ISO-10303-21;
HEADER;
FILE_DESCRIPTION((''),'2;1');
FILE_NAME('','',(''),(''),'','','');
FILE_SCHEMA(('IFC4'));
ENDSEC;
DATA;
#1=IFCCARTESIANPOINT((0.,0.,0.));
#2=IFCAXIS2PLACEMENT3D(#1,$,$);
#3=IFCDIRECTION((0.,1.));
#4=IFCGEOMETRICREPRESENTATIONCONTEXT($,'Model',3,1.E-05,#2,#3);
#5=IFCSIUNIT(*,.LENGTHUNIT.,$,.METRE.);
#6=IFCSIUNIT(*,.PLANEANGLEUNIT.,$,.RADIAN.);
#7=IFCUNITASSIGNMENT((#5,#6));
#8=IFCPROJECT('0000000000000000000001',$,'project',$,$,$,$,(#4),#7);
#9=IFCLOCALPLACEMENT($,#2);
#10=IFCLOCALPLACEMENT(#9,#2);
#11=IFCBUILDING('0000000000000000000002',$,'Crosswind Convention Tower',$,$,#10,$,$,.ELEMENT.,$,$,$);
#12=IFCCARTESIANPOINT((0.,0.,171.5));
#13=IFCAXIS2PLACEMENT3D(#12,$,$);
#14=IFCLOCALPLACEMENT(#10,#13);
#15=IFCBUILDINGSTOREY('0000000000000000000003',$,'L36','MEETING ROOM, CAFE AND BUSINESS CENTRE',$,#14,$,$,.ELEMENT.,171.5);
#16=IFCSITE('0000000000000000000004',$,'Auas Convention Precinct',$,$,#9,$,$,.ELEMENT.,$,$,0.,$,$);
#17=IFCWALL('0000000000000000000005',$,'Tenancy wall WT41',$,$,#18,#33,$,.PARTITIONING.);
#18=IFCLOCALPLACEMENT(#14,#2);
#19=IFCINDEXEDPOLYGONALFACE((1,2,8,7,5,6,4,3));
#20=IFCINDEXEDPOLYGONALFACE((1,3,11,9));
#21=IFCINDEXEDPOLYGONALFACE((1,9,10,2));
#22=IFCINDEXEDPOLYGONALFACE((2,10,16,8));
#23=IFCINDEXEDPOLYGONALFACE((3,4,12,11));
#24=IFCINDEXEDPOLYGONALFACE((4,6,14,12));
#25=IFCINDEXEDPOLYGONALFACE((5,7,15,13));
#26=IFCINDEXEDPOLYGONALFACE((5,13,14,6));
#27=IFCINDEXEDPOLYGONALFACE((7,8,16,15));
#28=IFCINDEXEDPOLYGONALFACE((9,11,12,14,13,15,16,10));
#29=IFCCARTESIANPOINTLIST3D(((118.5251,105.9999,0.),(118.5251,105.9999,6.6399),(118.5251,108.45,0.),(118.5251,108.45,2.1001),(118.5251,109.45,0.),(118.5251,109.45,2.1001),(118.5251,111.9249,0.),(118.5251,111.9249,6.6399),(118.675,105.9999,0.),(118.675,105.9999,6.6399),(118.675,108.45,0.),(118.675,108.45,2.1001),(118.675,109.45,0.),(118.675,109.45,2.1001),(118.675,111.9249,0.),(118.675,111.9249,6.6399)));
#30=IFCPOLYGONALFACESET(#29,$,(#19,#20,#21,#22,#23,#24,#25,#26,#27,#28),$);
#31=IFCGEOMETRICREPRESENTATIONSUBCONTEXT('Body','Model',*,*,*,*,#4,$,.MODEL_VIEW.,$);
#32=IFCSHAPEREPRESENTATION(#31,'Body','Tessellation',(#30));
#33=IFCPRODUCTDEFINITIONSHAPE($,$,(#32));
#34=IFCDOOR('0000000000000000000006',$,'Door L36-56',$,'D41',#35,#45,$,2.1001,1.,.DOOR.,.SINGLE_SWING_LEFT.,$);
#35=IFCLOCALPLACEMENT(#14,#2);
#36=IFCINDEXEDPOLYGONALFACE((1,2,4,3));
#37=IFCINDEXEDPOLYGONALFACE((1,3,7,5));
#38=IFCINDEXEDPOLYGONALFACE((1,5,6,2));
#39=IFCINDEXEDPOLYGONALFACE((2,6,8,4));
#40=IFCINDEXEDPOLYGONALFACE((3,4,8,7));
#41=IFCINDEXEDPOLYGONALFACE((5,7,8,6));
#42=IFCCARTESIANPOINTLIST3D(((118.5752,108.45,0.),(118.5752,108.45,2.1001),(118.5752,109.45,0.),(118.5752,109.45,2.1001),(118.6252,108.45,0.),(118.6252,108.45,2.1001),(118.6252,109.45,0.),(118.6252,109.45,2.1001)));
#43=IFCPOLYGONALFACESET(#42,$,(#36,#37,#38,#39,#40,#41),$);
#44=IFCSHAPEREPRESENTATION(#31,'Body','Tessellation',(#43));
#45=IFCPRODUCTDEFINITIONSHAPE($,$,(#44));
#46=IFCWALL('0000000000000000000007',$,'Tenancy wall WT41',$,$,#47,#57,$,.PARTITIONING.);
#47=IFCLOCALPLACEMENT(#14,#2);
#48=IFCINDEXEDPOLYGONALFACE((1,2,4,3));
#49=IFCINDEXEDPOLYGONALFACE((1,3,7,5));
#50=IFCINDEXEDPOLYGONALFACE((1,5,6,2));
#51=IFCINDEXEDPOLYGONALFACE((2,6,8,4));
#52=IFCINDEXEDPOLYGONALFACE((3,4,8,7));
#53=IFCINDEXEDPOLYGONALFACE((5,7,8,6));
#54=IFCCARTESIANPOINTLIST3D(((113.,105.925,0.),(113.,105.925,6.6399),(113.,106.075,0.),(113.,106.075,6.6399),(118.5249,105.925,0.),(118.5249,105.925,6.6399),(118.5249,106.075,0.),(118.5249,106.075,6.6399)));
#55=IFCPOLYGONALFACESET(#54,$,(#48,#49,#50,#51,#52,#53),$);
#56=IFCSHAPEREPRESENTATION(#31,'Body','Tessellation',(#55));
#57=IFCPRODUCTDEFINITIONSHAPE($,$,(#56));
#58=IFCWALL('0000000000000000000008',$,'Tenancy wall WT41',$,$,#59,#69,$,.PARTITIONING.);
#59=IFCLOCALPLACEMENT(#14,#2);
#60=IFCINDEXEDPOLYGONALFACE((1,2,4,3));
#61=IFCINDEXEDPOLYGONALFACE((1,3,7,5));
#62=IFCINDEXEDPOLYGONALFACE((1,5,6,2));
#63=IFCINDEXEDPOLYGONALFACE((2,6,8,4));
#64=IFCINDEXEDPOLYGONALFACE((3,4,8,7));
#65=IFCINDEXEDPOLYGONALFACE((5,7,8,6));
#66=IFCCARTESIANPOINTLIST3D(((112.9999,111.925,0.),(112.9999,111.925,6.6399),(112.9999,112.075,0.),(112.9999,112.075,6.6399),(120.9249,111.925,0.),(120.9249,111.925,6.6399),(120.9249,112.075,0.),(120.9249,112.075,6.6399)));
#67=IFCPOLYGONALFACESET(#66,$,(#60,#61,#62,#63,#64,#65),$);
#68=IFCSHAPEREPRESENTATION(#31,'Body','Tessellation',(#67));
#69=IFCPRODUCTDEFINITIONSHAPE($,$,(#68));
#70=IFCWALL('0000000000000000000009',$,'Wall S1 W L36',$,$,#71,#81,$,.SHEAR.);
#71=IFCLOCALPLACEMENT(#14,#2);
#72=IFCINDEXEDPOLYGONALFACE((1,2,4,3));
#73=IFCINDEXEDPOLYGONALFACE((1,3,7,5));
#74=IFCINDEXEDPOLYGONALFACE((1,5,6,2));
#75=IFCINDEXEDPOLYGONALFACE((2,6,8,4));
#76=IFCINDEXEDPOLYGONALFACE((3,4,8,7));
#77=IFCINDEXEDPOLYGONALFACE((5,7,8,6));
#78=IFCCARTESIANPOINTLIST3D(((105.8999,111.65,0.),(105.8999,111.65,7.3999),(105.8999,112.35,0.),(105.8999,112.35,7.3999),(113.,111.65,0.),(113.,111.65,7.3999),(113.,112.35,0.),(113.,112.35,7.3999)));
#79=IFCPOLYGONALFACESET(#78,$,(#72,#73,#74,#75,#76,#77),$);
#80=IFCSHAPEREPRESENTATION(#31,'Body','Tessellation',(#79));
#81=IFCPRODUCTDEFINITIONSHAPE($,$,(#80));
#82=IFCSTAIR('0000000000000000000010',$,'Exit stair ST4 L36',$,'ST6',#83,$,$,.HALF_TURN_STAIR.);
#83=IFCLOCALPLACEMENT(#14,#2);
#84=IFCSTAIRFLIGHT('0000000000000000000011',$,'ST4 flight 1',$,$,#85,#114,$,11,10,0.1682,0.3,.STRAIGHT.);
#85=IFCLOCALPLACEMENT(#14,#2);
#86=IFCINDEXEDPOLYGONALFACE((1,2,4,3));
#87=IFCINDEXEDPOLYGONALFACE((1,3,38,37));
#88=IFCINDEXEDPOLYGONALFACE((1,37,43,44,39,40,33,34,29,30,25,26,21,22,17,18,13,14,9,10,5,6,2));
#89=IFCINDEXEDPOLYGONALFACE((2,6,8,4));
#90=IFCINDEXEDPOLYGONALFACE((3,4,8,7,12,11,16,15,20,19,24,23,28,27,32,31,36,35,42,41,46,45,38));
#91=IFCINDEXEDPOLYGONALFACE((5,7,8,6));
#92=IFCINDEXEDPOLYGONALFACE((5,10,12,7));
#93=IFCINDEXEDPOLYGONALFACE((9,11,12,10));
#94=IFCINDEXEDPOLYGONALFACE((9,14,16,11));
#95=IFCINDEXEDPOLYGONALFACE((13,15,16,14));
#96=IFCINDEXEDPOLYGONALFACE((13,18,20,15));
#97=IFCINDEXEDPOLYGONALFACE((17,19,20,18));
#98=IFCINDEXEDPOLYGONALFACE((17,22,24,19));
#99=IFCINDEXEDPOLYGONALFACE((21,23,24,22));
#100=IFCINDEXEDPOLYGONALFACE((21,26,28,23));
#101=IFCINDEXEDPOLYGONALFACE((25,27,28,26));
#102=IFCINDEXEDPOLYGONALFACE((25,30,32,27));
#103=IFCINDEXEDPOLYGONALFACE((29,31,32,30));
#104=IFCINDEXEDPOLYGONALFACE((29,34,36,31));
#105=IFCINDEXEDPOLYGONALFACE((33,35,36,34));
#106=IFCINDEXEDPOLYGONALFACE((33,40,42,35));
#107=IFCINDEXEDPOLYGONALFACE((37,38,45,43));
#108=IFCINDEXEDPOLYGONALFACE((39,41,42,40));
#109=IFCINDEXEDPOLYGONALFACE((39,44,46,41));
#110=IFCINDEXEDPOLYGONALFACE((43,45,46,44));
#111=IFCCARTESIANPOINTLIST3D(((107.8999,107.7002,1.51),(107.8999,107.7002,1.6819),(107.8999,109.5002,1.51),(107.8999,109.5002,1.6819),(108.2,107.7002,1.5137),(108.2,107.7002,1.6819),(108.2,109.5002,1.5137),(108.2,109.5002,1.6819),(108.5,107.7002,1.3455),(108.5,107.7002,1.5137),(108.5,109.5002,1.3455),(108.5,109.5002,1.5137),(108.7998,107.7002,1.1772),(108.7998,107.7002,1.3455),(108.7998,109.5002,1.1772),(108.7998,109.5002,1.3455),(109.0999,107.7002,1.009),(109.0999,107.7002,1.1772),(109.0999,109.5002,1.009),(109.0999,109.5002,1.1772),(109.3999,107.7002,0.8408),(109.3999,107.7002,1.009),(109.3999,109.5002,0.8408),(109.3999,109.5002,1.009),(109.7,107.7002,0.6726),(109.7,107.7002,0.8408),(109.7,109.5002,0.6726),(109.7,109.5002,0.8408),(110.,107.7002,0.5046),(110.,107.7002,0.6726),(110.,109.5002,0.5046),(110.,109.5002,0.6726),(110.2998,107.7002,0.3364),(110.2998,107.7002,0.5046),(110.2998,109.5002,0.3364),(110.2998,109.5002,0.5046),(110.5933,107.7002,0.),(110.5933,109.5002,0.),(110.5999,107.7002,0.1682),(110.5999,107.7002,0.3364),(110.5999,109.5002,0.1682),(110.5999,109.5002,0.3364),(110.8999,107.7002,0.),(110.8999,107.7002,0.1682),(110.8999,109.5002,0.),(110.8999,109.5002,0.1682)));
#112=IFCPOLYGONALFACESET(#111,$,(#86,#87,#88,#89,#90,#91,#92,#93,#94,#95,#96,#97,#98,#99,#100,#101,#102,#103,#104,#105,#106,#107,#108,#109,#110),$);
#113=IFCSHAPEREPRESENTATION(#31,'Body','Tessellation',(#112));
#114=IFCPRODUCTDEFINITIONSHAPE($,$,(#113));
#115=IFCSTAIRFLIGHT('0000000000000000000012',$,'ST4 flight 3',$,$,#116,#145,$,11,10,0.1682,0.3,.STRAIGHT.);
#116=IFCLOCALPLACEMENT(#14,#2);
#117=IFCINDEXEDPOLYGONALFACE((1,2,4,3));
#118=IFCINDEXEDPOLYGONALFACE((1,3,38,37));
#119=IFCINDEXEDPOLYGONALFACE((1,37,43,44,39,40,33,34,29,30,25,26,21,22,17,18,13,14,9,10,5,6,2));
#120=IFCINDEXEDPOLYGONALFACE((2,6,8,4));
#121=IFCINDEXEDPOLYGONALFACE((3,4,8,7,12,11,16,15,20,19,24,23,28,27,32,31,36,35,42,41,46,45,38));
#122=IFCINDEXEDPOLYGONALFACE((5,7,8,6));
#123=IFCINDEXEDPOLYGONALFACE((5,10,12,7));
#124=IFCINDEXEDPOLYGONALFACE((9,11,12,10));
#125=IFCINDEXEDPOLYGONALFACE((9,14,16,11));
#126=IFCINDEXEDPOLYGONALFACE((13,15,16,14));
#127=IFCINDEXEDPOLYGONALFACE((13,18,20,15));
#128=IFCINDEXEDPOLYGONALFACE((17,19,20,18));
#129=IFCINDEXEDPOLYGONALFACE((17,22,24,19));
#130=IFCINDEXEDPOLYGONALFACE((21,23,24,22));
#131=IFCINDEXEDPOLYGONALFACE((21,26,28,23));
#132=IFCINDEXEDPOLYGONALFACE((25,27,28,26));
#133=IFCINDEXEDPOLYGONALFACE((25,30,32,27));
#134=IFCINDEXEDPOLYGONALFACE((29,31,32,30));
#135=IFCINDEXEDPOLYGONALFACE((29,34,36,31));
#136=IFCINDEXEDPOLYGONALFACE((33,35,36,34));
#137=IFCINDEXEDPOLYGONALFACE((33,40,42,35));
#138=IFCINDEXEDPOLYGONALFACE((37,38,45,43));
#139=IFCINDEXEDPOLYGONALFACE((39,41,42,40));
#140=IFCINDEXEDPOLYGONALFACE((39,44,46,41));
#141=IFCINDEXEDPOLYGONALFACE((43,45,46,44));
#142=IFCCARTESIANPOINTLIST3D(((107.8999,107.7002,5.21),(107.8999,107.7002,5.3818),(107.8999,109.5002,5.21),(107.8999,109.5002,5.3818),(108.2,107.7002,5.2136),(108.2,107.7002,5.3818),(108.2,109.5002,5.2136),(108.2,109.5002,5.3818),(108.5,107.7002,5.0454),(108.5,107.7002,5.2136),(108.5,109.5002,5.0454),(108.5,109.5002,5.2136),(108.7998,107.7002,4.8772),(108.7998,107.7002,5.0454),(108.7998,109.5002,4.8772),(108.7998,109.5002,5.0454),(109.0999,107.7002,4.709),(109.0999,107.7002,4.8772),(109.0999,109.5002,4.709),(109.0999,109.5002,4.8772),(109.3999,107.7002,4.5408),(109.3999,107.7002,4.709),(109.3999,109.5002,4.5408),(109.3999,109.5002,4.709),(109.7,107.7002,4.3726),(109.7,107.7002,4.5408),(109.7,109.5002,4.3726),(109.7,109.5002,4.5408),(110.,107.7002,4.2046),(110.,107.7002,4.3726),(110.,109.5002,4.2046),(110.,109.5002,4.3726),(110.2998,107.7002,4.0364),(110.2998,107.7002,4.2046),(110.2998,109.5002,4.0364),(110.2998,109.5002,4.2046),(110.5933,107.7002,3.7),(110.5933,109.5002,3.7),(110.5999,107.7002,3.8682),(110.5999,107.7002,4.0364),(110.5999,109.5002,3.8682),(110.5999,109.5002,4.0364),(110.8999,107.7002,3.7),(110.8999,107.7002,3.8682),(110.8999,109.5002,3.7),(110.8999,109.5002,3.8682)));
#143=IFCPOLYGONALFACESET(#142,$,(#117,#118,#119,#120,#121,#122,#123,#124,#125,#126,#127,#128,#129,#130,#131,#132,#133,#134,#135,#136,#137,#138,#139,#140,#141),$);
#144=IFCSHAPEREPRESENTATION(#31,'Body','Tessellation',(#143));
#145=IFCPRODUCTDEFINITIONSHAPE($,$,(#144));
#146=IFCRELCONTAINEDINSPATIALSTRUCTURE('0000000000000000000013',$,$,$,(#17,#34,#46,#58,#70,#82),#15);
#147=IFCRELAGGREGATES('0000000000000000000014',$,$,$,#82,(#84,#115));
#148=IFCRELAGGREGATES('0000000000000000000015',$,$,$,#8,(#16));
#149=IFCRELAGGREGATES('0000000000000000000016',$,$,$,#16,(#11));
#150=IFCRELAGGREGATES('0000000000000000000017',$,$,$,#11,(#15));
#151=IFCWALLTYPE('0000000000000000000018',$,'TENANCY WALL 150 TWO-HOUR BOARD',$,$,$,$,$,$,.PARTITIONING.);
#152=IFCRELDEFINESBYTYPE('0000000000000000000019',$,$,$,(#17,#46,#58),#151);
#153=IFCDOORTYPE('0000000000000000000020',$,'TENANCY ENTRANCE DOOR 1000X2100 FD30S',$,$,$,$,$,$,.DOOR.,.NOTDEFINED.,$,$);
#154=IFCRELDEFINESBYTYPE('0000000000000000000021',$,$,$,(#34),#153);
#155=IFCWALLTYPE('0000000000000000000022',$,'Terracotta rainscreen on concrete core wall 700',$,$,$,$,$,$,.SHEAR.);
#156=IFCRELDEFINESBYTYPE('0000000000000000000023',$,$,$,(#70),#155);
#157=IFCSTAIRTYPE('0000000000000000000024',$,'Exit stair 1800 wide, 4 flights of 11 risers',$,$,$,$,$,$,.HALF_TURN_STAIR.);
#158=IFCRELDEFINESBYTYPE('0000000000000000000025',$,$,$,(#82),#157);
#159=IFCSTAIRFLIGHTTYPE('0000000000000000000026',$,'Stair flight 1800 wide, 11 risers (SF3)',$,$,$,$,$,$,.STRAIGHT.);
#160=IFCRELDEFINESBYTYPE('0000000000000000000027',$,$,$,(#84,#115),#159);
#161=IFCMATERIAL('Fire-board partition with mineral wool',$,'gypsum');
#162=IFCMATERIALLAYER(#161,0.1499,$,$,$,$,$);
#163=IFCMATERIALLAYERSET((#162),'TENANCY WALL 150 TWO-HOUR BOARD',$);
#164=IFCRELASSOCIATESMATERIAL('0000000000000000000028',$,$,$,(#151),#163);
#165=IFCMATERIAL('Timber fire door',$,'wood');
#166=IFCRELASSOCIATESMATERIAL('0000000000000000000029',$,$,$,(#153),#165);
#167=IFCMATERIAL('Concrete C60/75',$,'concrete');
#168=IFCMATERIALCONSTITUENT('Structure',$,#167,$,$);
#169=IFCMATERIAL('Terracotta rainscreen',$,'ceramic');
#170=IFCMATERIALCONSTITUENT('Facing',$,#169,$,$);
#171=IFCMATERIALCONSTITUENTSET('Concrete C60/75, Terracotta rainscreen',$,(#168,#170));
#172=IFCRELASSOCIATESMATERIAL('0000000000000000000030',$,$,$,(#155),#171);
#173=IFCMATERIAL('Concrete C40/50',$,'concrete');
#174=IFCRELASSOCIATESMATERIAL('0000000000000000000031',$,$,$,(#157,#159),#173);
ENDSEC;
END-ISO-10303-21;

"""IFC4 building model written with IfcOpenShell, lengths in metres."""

from ifc_helpers import new_model, si_unit, direction, frame, frame_2d, origin, place, context, subcontext, project, spatial, polyline, rectangle, outline, extrude, material, layer, layer_set, constituent, constituent_set, type_object, element, fill, aggregate, save


model = new_model("IFC4")

# Units and contexts
model_context = context("Model", 3, precision=1e-05, world=origin(), true_north=direction((0.0, 1.0)))
body_context = subcontext(model_context, "Body", "Model", "MODEL_VIEW")
ifc_project = project(units=[si_unit("LENGTHUNIT", "METRE"), si_unit("PLANEANGLEUNIT", "RADIAN")], contexts=[model_context])

# Site, building, storey
site_placement = place(None, origin())
site = spatial("IfcSite", under=ifc_project, at=site_placement, Name="Auas Convention Precinct", CompositionType="ELEMENT", RefElevation=0.0)
building_placement = place(site_placement, origin())
building = spatial("IfcBuilding", under=site, at=building_placement, Name="Crosswind Convention Tower", CompositionType="ELEMENT")
storey_placement = place(building_placement, frame((0.0, 0.0, 171.5)))
storey = spatial("IfcBuildingStorey", under=building, at=storey_placement, Name="L36", Description="MEETING ROOM, CAFE AND BUSINESS CENTRE", CompositionType="ELEMENT", Elevation=171.5)

# Shared definitions
ifc_material_1 = material(Name="Concrete C60/75", Category="concrete")

# Wall, opening, door
ifc_material_2 = material(Name="Fire-board partition with mineral wool", Category="gypsum")
ifc_layer_1 = layer(ifc_material_2, 0.1499)
ifc_layer_set_1 = layer_set([ifc_layer_1], Name="TENANCY WALL 150 TWO-HOUR BOARD")
wall_type_1 = type_object("IfcWallType", Name="TENANCY WALL 150 TWO-HOUR BOARD", PredefinedType="PARTITIONING", material=ifc_layer_set_1)
wall_1_placement = place(storey_placement, frame((118.6001, 106.0, 0.0), z_axis=(0.0, 0.0, 1.0), x_axis=(0.0, 1.0, 0.0)))
wall_1 = element("IfcWall", 1, at=wall_1_placement, inside=storey, type_object=wall_type_1, Name="Tenancy wall WT41", PredefinedType="PARTITIONING", context=body_context, shape_type="SweptSolid", body=[
    extrude(rectangle(XDim=5.925, YDim=0.1499, at=frame_2d((2.9624, 0.0))), origin(), (0.0, 0.0, 1.0), 6.6399),
])
opening_1_placement = place(wall_1_placement, frame((2.45, 0.0, 0.0)))
opening_1 = element("IfcOpeningElement", 2, at=opening_1_placement, cuts=wall_1, PredefinedType="OPENING", context=body_context, shape_type="SweptSolid", body=[
    extrude(rectangle(XDim=1.0, YDim=2.1001, at=frame_2d((0.5, 1.05))), frame((0.0, 0.085, 0.0), z_axis=(0.0, -1.0, 0.0), x_axis=(1.0, 0.0, 0.0)), (0.0, 0.0, 1.0), 0.1699),
])
ifc_material_3 = material(Name="Timber fire door", Category="wood")
door_type_1 = type_object("IfcDoorType", Name="TENANCY ENTRANCE DOOR 1000X2100 FD30S", OperationType="NOTDEFINED", PredefinedType="DOOR", material=ifc_material_3)
door_1_placement = place(opening_1_placement, origin())
door_1 = element("IfcDoor", 3, at=door_1_placement, inside=storey, type_object=door_type_1, Name="Door L36-56", ObjectType="D41", OperationType="SINGLE_SWING_LEFT", OverallHeight=2.1001, OverallWidth=1.0, PredefinedType="DOOR", context=body_context, shape_type="SweptSolid", body=[
    extrude(rectangle(XDim=1.0, YDim=2.1001, at=frame_2d((0.5, 1.05))), frame((0.0, 0.0249, 0.0), z_axis=(0.0, -1.0, 0.0), x_axis=(1.0, 0.0, 0.0)), (0.0, 0.0, 1.0), 0.05),
])
fill(opening_1, door_1)

# Walls
wall_2_placement = place(storey_placement, frame((113.0, 106.0, 0.0), z_axis=(0.0, 0.0, 1.0), x_axis=(1.0, 0.0, 0.0)))
element("IfcWall", 4, at=wall_2_placement, inside=storey, type_object=wall_type_1, Name="Tenancy wall WT41", PredefinedType="PARTITIONING", context=body_context, shape_type="SweptSolid", body=[
    extrude(rectangle(XDim=5.5249, YDim=0.1499, at=frame_2d((2.7625, 0.0))), origin(), (0.0, 0.0, 1.0), 6.6399),
])
wall_3_placement = place(storey_placement, frame((113.0, 112.0, 0.0), z_axis=(0.0, 0.0, 1.0), x_axis=(1.0, 0.0, 0.0)))
element("IfcWall", 5, at=wall_3_placement, inside=storey, type_object=wall_type_1, Name="Tenancy wall WT41", PredefinedType="PARTITIONING", context=body_context, shape_type="SweptSolid", body=[
    extrude(rectangle(XDim=7.925, YDim=0.1499, at=frame_2d((3.9624, 0.0))), origin(), (0.0, 0.0, 1.0), 6.6399),
])
ifc_constituent_1 = constituent(ifc_material_1, Name="Structure")
ifc_material_4 = material(Name="Terracotta rainscreen", Category="ceramic")
ifc_constituent_2 = constituent(ifc_material_4, Name="Facing")
ifc_constituent_set = constituent_set(constituents=[ifc_constituent_1, ifc_constituent_2], Name="Concrete C60/75, Terracotta rainscreen")
wall_type_2 = type_object("IfcWallType", Name="Terracotta rainscreen on concrete core wall 700", PredefinedType="SHEAR", material=ifc_constituent_set)
wall_4_placement = place(storey_placement, frame((113.0, 112.0, 0.0), z_axis=(0.0, 0.0, 1.0), x_axis=(-1.0, 0.0, 0.0)))
element("IfcWall", 6, at=wall_4_placement, inside=storey, type_object=wall_type_2, Name="Wall S1 W L36", PredefinedType="SHEAR", context=body_context, shape_type="SweptSolid", body=[
    extrude(rectangle(XDim=7.1001, YDim=0.7, at=frame_2d((3.55, 0.0))), origin(), (0.0, 0.0, 1.0), 7.3999),
])

# Stair, stair flights
ifc_material_5 = material(Name="Concrete C40/50", Category="concrete")
stair_type = type_object("IfcStairType", Name="Exit stair 1800 wide, 4 flights of 11 risers", PredefinedType="HALF_TURN_STAIR", material=ifc_material_5)
stair_placement = place(storey_placement, origin())
stair = element("IfcStair", 7, at=stair_placement, inside=storey, type_object=stair_type, Name="Exit stair ST4 L36", ObjectType="ST6", PredefinedType="HALF_TURN_STAIR")
stair_flight_type = type_object("IfcStairFlightType", Name="Stair flight 1800 wide, 11 risers (SF3)", PredefinedType="STRAIGHT", material=ifc_material_5)
stair_flight_1_placement = place(storey_placement, frame((110.8999, 108.6001, 0.0), z_axis=(0.0, 0.0, 1.0), x_axis=(-1.0, 0.0, 0.0)))
stair_flight_1 = element("IfcStairFlight", 8, at=stair_flight_1_placement, type_object=stair_flight_type, Name="ST4 flight 1", NumberOfRisers=11, NumberOfTreads=10, PredefinedType="STRAIGHT", RiserHeight=0.1682, TreadLength=0.3, context=body_context, shape_type="SweptSolid", body=[
    extrude(outline(polyline([(0.0, 0.0), (0.0, 0.1682), (0.3, 0.1682), (0.3, 0.3364), (0.6001, 0.3364), (0.6001, 0.5046), (0.8999, 0.5046), (0.8999, 0.6726), (1.2, 0.6726), (1.2, 0.8408), (1.5, 0.8408), (1.5, 1.009), (1.8, 1.009), (1.8, 1.1772), (2.1001, 1.1772), (2.1001, 1.3455), (2.3999, 1.3455), (2.3999, 1.5137), (2.7, 1.5137), (2.7, 1.6819), (3.0, 1.6819), (3.0, 1.8501), (3.0, 1.51), (0.3066, 0.0), (0.0, 0.0)])), frame((0.0, 0.8999, 0.0), z_axis=(0.0, -1.0, 0.0), x_axis=(1.0, 0.0, 0.0)), (0.0, 0.0, 1.0), 1.8),
])
stair_flight_2_placement = place(storey_placement, frame((110.8999, 108.6001, 3.7), z_axis=(0.0, 0.0, 1.0), x_axis=(-1.0, 0.0, 0.0)))
stair_flight_2 = element("IfcStairFlight", 9, at=stair_flight_2_placement, type_object=stair_flight_type, Name="ST4 flight 3", NumberOfRisers=11, NumberOfTreads=10, PredefinedType="STRAIGHT", RiserHeight=0.1682, TreadLength=0.3, context=body_context, shape_type="SweptSolid", body=[
    extrude(outline(polyline([(0.0, 0.0), (0.0, 0.1682), (0.3, 0.1682), (0.3, 0.3364), (0.6001, 0.3364), (0.6001, 0.5046), (0.8999, 0.5046), (0.8999, 0.6726), (1.2, 0.6726), (1.2, 0.8408), (1.5, 0.8408), (1.5, 1.009), (1.8, 1.009), (1.8, 1.1772), (2.1001, 1.1772), (2.1001, 1.3455), (2.3999, 1.3455), (2.3999, 1.5137), (2.7, 1.5137), (2.7, 1.6819), (3.0, 1.6819), (3.0, 1.8501), (3.0, 1.51), (0.3066, 0.0), (0.0, 0.0)])), frame((0.0, 0.8999, 0.0), z_axis=(0.0, -1.0, 0.0), x_axis=(1.0, 0.0, 0.0)), (0.0, 0.0, 1.0), 1.8),
])
aggregate(stair, [stair_flight_1, stair_flight_2])

save(model, "model.ifc")
